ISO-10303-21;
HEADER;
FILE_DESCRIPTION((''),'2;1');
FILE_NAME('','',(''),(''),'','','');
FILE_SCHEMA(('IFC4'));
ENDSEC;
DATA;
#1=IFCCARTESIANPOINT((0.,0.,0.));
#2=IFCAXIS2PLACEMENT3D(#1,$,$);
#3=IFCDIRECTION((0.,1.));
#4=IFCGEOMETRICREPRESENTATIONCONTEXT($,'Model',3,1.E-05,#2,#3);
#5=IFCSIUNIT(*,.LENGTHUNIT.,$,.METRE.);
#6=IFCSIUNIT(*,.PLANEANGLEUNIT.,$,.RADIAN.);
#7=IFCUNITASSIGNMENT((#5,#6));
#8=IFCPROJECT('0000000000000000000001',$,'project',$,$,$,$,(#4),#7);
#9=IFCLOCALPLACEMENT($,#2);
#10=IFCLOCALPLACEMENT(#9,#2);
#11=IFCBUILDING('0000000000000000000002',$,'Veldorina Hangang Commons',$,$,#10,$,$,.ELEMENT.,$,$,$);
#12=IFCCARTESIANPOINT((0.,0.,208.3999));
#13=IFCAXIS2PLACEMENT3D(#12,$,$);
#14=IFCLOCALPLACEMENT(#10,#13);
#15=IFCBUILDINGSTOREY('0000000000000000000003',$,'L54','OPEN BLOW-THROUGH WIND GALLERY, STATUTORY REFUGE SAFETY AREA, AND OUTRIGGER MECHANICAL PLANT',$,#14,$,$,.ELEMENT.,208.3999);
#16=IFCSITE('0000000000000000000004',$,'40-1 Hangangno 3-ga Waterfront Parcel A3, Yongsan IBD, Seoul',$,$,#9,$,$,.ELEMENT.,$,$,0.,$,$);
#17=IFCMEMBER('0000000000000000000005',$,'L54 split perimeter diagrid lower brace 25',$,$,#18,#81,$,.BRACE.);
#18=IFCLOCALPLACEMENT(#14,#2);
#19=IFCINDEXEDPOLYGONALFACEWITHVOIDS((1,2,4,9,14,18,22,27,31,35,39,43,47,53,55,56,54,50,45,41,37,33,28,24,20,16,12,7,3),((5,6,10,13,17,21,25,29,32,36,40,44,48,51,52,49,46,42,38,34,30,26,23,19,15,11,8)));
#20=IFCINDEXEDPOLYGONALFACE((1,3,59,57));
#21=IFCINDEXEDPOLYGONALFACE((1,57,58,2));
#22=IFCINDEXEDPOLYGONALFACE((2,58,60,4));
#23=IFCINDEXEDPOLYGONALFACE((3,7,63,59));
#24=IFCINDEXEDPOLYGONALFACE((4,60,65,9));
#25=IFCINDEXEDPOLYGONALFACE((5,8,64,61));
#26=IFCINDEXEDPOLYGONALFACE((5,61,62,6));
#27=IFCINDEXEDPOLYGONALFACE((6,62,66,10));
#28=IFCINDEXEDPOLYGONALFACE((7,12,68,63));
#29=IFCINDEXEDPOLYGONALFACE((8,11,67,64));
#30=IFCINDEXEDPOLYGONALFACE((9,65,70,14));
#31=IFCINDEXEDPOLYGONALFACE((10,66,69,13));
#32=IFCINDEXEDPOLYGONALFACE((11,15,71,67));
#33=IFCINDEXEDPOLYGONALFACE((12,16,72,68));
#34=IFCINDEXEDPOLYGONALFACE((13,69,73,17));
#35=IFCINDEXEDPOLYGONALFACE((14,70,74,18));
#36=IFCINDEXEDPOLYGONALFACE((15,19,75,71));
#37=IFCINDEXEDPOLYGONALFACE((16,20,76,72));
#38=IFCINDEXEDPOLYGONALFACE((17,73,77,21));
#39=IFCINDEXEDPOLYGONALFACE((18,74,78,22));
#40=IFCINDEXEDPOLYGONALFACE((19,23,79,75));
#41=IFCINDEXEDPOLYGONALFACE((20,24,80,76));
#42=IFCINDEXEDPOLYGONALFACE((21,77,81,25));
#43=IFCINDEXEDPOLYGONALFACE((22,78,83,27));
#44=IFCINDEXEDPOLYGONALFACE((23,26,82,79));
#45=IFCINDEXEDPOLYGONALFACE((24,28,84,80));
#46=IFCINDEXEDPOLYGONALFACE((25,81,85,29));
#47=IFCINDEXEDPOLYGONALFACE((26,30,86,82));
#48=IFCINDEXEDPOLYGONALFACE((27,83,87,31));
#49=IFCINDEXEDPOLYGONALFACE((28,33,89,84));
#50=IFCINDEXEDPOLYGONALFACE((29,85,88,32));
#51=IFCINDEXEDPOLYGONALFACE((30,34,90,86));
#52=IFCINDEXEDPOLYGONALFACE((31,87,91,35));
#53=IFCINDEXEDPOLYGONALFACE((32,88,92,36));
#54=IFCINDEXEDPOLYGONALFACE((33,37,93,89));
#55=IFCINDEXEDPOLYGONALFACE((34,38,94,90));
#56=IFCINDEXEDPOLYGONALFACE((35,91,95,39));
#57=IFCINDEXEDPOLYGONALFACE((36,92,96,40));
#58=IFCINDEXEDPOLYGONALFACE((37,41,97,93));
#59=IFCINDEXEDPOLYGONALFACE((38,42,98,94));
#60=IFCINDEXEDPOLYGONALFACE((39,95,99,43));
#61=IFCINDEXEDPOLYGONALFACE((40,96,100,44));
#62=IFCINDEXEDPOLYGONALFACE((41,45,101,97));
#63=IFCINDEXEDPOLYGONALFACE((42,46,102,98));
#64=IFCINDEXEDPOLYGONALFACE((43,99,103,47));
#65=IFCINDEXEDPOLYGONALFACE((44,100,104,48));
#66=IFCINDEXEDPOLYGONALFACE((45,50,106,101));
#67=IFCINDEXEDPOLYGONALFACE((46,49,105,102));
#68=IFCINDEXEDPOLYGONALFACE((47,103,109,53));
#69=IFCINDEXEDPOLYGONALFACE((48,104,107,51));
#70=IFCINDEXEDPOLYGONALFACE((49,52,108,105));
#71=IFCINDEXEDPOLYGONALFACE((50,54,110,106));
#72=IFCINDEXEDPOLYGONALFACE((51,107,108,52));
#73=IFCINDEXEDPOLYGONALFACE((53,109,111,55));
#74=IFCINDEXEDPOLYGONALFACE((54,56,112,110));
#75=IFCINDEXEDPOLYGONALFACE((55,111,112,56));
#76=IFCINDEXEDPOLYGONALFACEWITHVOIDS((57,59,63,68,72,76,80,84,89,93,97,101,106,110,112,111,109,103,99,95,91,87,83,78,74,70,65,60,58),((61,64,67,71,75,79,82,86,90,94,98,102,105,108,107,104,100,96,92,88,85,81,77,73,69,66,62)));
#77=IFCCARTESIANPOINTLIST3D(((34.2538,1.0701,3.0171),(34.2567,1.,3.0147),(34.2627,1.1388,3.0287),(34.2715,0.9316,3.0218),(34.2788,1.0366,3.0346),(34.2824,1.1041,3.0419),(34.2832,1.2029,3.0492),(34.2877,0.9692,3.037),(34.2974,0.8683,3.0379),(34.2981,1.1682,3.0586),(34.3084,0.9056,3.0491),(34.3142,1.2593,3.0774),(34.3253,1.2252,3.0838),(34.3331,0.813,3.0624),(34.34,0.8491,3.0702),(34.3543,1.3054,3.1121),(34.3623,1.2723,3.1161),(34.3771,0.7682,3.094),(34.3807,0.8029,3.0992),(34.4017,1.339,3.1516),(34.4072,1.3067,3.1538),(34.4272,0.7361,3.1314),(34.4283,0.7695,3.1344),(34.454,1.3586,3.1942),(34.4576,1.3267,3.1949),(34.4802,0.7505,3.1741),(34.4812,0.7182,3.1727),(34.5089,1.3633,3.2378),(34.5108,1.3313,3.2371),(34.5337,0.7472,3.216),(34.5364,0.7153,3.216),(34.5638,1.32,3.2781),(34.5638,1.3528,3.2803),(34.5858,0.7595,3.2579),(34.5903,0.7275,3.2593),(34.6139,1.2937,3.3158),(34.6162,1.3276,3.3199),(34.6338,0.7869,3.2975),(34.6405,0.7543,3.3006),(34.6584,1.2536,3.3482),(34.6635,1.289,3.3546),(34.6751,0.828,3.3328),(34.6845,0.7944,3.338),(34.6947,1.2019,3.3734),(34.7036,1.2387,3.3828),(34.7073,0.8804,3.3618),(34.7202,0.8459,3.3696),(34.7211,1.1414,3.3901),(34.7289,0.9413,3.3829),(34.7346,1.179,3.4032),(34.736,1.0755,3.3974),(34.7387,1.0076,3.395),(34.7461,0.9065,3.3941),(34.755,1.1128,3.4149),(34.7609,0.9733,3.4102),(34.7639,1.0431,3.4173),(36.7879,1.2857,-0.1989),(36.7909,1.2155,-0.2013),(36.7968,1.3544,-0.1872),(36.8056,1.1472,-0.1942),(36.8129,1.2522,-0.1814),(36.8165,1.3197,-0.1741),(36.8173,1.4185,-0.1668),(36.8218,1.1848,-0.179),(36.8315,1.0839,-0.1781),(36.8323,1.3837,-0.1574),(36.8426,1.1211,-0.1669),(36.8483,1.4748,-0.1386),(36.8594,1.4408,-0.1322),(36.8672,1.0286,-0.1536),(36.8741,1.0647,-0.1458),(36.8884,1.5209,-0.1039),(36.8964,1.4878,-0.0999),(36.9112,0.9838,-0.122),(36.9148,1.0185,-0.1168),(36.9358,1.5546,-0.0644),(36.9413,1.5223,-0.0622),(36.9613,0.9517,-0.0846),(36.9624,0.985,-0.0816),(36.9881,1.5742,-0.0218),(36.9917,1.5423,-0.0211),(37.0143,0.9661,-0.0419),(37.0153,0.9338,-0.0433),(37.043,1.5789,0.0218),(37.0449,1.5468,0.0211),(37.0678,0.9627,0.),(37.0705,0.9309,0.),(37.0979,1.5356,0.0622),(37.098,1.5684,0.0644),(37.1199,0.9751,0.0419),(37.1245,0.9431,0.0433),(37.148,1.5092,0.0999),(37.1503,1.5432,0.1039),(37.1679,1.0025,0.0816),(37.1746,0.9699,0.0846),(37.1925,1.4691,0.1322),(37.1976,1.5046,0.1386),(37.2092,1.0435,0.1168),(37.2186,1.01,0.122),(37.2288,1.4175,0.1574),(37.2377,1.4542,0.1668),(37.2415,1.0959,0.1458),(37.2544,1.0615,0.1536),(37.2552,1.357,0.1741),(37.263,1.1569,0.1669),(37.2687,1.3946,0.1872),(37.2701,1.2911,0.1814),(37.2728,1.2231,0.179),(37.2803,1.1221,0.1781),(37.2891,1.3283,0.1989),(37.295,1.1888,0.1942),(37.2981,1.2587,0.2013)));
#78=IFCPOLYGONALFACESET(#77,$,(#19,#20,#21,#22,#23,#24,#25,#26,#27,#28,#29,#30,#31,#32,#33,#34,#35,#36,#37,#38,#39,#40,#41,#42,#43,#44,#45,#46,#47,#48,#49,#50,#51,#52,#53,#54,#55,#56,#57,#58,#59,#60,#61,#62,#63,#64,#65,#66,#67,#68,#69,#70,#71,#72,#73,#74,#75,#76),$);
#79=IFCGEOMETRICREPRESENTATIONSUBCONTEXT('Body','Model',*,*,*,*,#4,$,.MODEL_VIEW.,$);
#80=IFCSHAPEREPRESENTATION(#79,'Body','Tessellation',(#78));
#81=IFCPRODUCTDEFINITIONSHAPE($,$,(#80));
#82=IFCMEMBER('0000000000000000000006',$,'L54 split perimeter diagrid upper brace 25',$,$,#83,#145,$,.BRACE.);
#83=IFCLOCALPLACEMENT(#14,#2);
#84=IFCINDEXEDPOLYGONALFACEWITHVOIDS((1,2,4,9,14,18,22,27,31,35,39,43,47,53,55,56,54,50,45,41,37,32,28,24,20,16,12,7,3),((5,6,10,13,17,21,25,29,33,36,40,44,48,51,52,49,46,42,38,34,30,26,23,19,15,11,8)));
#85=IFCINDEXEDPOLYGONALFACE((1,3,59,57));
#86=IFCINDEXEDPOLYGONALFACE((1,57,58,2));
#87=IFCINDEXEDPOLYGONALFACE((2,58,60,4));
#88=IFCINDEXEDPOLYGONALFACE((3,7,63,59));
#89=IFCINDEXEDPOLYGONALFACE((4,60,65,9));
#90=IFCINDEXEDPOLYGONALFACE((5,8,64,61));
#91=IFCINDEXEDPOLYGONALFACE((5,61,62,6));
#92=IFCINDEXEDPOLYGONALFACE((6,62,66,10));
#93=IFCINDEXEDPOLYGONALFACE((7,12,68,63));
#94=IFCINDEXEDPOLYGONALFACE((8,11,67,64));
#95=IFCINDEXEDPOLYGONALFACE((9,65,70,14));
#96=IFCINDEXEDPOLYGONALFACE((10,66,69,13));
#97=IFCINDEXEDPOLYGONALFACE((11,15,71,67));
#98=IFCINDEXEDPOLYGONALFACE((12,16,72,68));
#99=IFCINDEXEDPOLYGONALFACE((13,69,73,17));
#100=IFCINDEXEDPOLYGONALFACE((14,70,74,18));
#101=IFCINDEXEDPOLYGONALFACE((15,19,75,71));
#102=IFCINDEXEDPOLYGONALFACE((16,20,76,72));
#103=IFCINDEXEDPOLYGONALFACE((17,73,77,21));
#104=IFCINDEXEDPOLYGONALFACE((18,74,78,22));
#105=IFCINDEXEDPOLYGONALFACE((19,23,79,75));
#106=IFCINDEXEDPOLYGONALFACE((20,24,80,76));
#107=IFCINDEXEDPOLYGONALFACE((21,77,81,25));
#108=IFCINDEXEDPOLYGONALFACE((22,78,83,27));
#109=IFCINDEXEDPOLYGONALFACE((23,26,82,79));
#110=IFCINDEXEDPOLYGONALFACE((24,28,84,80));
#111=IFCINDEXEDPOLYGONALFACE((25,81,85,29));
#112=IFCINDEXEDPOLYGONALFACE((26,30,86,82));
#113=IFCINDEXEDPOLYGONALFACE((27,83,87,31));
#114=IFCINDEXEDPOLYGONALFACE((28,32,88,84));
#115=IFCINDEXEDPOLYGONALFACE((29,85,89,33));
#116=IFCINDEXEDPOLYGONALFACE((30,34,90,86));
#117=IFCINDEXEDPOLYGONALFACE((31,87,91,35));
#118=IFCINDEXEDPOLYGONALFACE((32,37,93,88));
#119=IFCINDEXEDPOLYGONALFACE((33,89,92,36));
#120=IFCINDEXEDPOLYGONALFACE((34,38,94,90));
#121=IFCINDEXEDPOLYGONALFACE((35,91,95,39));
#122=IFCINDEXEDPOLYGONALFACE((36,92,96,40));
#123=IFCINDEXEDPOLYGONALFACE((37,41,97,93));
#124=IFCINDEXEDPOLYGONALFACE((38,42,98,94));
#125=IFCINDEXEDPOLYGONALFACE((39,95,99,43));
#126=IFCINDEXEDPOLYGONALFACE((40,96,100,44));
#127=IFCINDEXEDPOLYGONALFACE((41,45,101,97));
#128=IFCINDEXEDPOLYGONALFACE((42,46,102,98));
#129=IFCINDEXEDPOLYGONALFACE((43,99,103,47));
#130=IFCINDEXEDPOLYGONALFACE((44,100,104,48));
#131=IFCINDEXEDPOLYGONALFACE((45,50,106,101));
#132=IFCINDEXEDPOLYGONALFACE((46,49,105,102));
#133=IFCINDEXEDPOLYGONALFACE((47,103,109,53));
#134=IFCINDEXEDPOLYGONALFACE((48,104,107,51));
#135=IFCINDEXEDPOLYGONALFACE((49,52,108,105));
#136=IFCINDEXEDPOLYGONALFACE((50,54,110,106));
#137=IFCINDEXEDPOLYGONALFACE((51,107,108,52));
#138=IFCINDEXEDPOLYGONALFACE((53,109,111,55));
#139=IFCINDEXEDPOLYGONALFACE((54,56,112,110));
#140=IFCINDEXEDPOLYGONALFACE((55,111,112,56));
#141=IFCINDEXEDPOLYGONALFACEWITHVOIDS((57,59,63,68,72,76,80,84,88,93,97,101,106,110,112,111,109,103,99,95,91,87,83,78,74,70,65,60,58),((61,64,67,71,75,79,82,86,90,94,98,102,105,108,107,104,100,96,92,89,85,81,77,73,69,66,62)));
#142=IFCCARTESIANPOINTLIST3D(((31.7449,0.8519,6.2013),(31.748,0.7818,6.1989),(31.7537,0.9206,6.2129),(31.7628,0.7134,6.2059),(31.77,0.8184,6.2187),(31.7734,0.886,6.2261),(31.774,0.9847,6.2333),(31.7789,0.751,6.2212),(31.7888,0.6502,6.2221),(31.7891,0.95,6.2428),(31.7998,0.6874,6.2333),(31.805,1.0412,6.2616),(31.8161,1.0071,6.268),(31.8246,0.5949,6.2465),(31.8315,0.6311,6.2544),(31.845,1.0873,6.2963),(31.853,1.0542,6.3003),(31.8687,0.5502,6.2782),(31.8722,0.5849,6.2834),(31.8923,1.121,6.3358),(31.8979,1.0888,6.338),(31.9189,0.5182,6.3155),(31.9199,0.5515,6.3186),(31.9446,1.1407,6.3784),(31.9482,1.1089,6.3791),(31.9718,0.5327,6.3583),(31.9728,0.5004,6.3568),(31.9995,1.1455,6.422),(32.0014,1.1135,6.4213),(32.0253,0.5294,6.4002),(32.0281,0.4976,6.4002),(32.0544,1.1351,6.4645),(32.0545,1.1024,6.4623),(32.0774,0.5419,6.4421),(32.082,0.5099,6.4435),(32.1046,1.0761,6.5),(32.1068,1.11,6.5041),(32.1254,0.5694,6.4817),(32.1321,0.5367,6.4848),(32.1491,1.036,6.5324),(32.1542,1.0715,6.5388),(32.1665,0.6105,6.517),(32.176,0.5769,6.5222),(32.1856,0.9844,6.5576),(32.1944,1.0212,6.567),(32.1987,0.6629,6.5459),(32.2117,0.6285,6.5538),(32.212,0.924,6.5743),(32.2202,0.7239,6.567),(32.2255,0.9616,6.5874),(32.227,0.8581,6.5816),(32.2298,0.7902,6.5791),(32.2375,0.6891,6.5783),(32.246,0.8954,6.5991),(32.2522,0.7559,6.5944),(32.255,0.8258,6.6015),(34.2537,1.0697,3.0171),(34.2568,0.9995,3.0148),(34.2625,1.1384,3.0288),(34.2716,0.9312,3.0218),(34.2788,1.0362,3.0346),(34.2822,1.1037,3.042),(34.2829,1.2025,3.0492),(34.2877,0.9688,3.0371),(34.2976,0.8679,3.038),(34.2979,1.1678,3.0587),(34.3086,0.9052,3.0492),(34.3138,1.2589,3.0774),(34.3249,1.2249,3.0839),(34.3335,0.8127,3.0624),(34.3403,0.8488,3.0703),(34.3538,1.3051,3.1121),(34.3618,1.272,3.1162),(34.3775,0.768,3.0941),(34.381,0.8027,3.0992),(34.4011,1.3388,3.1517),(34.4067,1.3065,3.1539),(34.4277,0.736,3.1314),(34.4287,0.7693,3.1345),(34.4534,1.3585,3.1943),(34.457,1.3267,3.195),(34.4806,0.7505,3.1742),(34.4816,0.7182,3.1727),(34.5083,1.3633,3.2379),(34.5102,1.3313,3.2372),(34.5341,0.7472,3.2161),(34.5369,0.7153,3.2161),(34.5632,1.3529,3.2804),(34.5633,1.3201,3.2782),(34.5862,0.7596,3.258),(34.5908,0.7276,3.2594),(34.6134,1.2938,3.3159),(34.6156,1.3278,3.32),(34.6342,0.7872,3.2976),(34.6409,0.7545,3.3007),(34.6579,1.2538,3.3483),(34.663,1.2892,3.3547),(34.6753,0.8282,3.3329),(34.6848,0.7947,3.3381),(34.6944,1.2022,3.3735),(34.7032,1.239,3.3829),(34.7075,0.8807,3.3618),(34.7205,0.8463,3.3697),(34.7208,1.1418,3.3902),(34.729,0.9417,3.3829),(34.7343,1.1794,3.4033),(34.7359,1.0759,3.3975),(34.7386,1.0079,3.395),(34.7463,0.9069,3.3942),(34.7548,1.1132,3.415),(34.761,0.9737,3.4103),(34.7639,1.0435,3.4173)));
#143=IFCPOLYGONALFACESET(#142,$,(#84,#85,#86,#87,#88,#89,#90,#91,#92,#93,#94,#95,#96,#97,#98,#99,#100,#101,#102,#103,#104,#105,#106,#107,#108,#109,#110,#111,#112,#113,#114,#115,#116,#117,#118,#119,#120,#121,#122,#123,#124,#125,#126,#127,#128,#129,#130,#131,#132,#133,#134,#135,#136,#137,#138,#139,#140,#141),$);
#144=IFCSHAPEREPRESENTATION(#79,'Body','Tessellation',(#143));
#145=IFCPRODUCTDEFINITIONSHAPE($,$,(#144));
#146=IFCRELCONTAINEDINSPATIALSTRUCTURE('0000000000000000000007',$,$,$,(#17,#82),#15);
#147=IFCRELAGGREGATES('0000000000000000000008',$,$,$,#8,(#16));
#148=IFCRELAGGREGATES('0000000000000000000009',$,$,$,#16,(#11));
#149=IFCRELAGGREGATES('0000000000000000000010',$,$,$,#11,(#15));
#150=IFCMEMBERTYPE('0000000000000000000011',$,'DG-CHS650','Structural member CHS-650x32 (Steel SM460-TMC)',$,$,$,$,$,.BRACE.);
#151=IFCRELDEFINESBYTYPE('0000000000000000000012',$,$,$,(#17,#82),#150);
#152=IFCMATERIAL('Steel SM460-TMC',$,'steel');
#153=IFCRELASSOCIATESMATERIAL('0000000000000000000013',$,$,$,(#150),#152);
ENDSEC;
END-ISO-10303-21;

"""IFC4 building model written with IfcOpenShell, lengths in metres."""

from ifc_helpers import new_model, si_unit, direction, frame, origin, origin_2d, place, context, subcontext, project, spatial, hollow_circle, extrude, material, material_profile, profile_set, type_object, element, save


model = new_model("IFC4")

# Units and contexts
model_context = context("Model", 3, precision=1e-05, world=origin(), true_north=direction((0.0, 1.0)))
body_context = subcontext(model_context, "Body", "Model", "MODEL_VIEW")
ifc_project = project(units=[si_unit("LENGTHUNIT", "METRE"), si_unit("PLANEANGLEUNIT", "RADIAN")], contexts=[model_context])

# Site, building, storey
site_placement = place(None, origin())
site = spatial("IfcSite", under=ifc_project, at=site_placement, Name="40-1 Hangangno 3-ga Waterfront Parcel A3, Yongsan IBD, Seoul", CompositionType="ELEMENT", RefElevation=0.0)
building_placement = place(site_placement, origin())
building = spatial("IfcBuilding", under=site, at=building_placement, Name="Veldorina Hangang Commons", CompositionType="ELEMENT")
storey_placement = place(building_placement, frame((0.0, 0.0, 208.3999)))
storey = spatial("IfcBuildingStorey", under=building, at=storey_placement, Name="L54", Description="OPEN BLOW-THROUGH WIND GALLERY, STATUTORY REFUGE SAFETY AREA, AND OUTRIGGER MECHANICAL PLANT", CompositionType="ELEMENT", Elevation=208.3999)

# Shared definitions
ifc_material_1 = material(Name="Steel SM460-TMC", Category="steel")

# Members
ifc_material_profile_1 = material_profile(ifc_material_1, hollow_circle(Radius=0.325, WallThickness=0.032, at=origin_2d()), Name="CHS-650x32")
ifc_profile_set_1 = profile_set([ifc_material_profile_1], Name="Steel SM460-TMC")
member_type_1 = type_object("IfcMemberType", Name="DG-CHS650", Description="Structural member CHS-650x32 (Steel SM460-TMC)", PredefinedType="BRACE", material=ifc_profile_set_1)
member_1_placement = place(storey_placement, frame((37.043, 1.2546, 0.0), z_axis=(-0.618063, -0.052577, 0.784368), x_axis=(0.084761, -0.996401, 0.0)))
element("IfcMember", 1, at=member_1_placement, inside=storey, type_object=member_type_1, Name="L54 split perimeter diagrid lower brace 25", PredefinedType="BRACE", context=body_context, shape_type="SweptSolid", body=[
    extrude(hollow_circle(Radius=0.325, WallThickness=0.032, at=origin_2d()), origin(), (0.0, 0.0, 1.0), 4.1001),
])
member_2_placement = place(storey_placement, frame((34.5088, 1.0391, 3.2161), z_axis=(-0.617999, -0.053645, 0.784346), x_axis=(0.086479, -0.996254, 0.0)))
element("IfcMember", 2, at=member_2_placement, inside=storey, type_object=member_type_1, Name="L54 split perimeter diagrid upper brace 25", PredefinedType="BRACE", context=body_context, shape_type="SweptSolid", body=[
    extrude(hollow_circle(Radius=0.325, WallThickness=0.032, at=origin_2d()), origin(), (0.0, 0.0, 1.0), 4.0596),
])

save(model, "model.ifc")
